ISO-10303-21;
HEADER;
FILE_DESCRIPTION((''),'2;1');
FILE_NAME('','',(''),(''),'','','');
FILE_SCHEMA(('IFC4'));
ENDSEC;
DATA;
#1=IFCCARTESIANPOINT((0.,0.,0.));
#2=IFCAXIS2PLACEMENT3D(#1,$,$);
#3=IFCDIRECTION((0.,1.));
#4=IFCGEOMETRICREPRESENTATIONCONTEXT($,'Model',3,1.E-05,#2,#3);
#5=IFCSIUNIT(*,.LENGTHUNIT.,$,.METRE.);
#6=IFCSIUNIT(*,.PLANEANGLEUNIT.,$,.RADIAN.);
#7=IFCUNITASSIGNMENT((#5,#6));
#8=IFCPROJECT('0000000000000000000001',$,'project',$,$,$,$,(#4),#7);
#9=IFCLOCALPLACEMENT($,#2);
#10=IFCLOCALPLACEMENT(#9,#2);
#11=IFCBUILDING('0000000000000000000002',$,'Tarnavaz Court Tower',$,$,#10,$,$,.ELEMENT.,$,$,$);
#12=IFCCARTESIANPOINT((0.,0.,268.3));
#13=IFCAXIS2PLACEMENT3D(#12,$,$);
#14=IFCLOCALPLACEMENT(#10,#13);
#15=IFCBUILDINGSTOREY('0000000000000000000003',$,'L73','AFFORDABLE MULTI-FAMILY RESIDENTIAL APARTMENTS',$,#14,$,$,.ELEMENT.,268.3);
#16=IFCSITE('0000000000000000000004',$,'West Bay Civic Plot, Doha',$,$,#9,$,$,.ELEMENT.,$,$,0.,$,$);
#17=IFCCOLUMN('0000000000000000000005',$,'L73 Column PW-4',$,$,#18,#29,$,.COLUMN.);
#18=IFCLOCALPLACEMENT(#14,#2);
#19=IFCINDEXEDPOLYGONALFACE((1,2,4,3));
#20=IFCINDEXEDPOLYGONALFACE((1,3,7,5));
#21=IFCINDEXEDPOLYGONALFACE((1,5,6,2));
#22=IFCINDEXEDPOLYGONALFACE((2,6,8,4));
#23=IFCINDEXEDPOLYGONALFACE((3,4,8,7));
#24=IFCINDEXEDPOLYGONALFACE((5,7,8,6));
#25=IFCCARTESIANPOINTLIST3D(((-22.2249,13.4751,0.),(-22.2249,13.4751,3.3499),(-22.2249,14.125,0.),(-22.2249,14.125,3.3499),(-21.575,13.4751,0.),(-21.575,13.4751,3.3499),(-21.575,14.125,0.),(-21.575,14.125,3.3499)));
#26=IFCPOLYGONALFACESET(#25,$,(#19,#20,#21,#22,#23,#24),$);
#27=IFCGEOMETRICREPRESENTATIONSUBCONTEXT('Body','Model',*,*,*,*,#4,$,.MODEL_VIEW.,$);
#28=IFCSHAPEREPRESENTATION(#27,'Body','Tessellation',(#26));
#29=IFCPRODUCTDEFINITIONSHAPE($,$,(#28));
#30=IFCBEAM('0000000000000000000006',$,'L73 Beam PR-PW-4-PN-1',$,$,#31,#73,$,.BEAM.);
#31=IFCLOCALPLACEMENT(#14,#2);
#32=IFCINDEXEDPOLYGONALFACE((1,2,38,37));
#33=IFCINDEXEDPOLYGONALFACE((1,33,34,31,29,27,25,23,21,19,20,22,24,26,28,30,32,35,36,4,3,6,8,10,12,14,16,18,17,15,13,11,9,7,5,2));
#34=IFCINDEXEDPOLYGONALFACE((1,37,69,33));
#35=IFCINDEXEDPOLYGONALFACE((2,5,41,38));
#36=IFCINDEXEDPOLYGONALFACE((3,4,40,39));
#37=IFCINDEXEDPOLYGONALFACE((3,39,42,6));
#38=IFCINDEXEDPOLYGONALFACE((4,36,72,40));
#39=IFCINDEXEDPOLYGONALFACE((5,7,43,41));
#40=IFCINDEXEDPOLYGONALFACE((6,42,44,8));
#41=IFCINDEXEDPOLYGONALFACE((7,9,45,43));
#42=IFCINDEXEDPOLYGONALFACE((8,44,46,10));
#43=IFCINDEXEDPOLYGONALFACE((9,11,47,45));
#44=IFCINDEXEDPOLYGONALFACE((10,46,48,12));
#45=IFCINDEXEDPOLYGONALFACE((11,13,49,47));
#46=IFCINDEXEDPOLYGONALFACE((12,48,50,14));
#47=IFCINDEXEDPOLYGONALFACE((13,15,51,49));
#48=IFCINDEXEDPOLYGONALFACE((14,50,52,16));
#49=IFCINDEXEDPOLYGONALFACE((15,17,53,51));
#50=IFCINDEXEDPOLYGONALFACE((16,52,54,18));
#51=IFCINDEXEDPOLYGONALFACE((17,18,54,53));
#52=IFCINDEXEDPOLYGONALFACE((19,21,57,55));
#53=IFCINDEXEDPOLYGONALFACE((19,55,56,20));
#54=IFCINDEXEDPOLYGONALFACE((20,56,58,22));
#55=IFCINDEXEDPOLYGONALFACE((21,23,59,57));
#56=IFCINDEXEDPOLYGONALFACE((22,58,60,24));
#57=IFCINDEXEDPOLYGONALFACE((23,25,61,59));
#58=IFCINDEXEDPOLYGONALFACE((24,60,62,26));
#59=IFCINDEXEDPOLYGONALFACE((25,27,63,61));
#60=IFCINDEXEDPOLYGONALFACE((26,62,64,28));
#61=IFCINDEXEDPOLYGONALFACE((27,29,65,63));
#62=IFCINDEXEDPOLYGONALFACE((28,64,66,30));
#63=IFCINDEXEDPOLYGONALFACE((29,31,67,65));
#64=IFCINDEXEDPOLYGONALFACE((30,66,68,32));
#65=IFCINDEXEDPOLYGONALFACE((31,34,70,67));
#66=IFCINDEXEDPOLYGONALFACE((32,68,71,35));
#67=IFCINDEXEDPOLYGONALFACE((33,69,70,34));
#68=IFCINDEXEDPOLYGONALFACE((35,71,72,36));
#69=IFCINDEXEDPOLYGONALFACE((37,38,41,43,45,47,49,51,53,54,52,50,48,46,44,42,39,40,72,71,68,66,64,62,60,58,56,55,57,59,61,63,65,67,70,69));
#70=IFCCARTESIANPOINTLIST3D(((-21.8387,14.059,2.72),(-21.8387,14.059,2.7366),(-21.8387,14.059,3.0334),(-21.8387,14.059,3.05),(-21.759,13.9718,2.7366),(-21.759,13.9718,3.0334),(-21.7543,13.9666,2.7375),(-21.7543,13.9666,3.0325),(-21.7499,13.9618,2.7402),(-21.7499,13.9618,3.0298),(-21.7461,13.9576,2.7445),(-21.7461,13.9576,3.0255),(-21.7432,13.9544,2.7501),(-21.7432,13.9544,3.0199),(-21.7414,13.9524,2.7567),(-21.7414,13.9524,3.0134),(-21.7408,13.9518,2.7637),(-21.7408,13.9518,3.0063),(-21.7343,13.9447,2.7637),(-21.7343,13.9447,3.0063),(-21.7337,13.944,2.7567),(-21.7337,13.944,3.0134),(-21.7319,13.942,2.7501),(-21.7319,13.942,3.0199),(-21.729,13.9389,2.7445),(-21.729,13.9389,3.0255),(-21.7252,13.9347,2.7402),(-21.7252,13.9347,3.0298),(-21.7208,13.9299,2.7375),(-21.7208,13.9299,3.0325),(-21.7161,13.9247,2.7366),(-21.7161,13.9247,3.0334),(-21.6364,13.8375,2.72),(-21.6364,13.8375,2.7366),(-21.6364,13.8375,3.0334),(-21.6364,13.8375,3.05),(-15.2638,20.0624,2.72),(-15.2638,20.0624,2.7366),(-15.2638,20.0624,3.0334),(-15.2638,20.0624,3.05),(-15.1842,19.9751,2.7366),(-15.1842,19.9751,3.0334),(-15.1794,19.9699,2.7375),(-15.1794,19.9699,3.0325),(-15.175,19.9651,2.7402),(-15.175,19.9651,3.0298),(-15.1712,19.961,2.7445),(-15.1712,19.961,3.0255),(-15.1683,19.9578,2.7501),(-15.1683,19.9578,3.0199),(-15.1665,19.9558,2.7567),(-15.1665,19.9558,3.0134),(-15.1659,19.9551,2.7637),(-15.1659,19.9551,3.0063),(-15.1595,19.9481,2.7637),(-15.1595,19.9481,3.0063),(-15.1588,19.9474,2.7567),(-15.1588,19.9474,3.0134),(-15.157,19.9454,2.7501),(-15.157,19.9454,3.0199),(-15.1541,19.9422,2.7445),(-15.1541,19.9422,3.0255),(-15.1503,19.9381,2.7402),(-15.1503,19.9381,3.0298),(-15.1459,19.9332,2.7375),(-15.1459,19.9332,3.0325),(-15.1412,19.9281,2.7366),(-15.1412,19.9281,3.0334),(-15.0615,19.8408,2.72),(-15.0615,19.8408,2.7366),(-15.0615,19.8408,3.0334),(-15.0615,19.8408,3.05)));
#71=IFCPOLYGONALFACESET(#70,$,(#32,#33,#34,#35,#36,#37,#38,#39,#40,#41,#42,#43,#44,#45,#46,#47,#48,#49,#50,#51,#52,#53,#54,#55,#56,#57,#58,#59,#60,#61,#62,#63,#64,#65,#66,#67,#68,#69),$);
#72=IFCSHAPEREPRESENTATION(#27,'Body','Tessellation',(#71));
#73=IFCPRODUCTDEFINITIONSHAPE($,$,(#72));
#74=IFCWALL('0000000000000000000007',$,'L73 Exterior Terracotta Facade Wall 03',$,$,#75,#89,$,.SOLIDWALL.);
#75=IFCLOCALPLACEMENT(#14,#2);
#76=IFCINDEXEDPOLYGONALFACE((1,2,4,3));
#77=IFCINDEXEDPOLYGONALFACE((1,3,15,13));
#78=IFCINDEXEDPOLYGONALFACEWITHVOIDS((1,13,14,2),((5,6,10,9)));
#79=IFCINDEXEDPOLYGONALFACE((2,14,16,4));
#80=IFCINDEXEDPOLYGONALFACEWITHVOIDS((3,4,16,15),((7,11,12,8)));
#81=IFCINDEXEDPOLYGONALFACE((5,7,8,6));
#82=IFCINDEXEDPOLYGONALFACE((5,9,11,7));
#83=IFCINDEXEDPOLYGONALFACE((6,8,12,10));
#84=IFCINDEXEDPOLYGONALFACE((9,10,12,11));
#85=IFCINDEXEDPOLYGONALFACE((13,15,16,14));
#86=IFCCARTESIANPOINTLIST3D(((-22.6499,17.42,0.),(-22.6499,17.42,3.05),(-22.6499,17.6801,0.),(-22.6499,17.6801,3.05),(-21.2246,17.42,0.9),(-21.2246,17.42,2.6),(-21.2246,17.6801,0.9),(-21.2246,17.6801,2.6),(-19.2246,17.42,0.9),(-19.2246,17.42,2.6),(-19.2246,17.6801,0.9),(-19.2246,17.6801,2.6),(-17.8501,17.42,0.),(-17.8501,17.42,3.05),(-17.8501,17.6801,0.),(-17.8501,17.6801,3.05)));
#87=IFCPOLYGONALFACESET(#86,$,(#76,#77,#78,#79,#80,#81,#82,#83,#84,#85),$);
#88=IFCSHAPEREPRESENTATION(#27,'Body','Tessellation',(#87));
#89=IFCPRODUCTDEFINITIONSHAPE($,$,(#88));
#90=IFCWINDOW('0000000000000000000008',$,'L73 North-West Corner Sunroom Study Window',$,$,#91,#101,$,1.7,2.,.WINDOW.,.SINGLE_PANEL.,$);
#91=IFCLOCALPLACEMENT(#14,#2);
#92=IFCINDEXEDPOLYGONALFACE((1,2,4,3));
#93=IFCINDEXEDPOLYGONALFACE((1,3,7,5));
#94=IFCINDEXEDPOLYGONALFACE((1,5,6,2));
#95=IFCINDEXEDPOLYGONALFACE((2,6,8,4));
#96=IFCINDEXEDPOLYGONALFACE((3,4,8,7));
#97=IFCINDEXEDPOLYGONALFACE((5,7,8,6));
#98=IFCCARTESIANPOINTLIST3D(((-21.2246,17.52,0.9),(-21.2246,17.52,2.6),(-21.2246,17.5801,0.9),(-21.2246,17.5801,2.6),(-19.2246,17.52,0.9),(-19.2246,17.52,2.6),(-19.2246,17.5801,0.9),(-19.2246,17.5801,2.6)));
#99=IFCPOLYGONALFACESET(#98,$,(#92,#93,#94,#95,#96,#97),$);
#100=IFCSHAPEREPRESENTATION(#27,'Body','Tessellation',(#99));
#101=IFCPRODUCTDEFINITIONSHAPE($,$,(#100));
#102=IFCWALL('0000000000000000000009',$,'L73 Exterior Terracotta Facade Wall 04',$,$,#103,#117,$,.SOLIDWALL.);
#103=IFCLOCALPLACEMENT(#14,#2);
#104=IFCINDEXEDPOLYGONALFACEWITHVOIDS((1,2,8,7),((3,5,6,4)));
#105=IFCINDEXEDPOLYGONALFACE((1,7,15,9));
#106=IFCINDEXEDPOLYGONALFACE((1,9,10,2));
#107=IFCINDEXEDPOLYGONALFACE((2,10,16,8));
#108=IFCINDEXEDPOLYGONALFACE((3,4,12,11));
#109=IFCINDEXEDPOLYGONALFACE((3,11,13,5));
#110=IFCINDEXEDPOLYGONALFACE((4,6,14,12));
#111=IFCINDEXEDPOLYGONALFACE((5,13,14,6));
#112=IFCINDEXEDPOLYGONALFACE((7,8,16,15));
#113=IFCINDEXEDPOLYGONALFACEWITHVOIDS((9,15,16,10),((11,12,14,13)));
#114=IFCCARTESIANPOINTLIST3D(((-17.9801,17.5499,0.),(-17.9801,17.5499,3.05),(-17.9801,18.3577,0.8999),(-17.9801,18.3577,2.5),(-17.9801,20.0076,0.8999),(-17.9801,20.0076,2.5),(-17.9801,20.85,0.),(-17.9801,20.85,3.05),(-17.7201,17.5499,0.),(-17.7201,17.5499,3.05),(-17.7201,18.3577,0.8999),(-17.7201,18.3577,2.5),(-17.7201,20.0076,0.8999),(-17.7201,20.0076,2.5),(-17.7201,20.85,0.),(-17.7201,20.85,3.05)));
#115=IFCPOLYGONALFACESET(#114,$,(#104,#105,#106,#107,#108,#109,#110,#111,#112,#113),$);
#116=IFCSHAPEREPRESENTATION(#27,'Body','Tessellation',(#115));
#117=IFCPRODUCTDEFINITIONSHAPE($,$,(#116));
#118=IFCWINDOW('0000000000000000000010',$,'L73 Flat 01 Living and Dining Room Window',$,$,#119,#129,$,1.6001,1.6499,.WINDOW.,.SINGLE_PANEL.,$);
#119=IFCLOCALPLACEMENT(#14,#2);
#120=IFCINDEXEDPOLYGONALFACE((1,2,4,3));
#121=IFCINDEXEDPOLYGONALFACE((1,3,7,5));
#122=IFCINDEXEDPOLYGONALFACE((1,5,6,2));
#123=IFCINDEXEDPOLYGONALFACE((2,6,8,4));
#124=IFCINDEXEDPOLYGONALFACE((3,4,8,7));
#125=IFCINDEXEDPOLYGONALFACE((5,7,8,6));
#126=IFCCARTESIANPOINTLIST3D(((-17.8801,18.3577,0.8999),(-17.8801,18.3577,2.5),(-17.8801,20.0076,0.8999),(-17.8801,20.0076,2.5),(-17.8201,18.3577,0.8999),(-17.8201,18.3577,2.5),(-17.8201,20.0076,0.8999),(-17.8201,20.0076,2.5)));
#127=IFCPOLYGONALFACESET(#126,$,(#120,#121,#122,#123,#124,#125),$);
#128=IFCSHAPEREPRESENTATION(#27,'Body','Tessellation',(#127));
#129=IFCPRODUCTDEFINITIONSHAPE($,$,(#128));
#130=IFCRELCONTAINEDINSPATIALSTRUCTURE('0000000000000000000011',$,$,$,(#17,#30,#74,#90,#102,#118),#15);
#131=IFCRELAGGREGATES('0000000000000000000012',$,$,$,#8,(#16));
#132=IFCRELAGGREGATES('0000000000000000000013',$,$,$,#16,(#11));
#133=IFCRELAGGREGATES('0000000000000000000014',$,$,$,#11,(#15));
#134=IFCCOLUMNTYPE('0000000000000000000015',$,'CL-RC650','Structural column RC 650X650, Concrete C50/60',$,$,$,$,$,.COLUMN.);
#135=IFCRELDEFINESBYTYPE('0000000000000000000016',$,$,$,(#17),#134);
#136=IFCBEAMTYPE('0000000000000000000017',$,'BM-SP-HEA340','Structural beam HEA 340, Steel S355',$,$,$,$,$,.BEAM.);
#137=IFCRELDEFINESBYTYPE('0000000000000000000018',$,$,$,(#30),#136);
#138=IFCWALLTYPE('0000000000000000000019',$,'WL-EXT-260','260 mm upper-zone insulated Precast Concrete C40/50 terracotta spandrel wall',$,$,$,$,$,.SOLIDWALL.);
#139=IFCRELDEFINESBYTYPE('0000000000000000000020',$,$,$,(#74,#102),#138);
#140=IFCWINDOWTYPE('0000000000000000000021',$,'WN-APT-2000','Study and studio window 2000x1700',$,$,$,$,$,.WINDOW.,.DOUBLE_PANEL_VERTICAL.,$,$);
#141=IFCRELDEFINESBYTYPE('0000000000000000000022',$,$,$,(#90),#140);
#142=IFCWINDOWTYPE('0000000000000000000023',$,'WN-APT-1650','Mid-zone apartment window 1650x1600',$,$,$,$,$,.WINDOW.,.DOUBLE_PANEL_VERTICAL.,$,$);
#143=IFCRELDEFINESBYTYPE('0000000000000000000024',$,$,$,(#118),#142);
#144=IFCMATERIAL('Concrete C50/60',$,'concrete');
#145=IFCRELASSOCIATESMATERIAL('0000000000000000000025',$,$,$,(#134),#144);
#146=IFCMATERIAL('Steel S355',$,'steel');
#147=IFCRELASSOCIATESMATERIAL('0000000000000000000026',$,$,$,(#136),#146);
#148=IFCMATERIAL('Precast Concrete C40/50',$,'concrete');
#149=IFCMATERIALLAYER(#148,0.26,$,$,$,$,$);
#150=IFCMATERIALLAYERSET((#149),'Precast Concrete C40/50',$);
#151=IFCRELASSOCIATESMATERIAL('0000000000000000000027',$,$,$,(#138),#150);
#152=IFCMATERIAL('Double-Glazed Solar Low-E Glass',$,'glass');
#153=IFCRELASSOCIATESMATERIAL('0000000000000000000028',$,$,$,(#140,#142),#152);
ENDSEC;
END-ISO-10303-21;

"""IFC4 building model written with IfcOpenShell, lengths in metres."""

from ifc_helpers import new_model, si_unit, direction, frame, frame_2d, origin, origin_2d, place, context, subcontext, project, spatial, rectangle, i_section, extrude, material, layer, layer_set, material_profile, profile_set, type_object, element, fill, save


model = new_model("IFC4")

# Units and contexts
model_context = context("Model", 3, precision=1e-05, world=origin(), true_north=direction((0.0, 1.0)))
body_context = subcontext(model_context, "Body", "Model", "MODEL_VIEW")
ifc_project = project(units=[si_unit("LENGTHUNIT", "METRE"), si_unit("PLANEANGLEUNIT", "RADIAN")], contexts=[model_context])

# Site, building, storey
site_placement = place(None, origin())
site = spatial("IfcSite", under=ifc_project, at=site_placement, Name="West Bay Civic Plot, Doha", CompositionType="ELEMENT", RefElevation=0.0)
building_placement = place(site_placement, origin())
building = spatial("IfcBuilding", under=site, at=building_placement, Name="Tarnavaz Court Tower", CompositionType="ELEMENT")
storey_placement = place(building_placement, frame((0.0, 0.0, 268.3)))
storey = spatial("IfcBuildingStorey", under=building, at=storey_placement, Name="L73", Description="AFFORDABLE MULTI-FAMILY RESIDENTIAL APARTMENTS", CompositionType="ELEMENT", Elevation=268.3)

# Column
ifc_material_1 = material(Name="Concrete C50/60", Category="concrete")
ifc_material_profile_1 = material_profile(ifc_material_1, rectangle(XDim=0.6499, YDim=0.6499, at=origin_2d()), Name="RC 650X650")
ifc_profile_set_1 = profile_set([ifc_material_profile_1], Name="Concrete C50/60")
column_type = type_object("IfcColumnType", Name="CL-RC650", Description="Structural column RC 650X650, Concrete C50/60", PredefinedType="COLUMN", material=ifc_profile_set_1)
column_placement = place(storey_placement, frame((-21.8999, 13.8, 0.0), z_axis=(0.0, 0.0, 1.0), x_axis=(1.0, 0.0, 0.0)))
element("IfcColumn", 1, at=column_placement, inside=storey, type_object=column_type, Name="L73 Column PW-4", PredefinedType="COLUMN", context=body_context, shape_type="SweptSolid", body=[
    extrude(rectangle(XDim=0.6499, YDim=0.6499, at=origin_2d()), origin(), (0.0, 0.0, 1.0), 3.3499),
])

# Beam
ifc_material_2 = material(Name="Steel S355", Category="steel")
ifc_material_profile_2 = material_profile(ifc_material_2, i_section(OverallWidth=0.3, OverallDepth=0.3301, WebThickness=0.0095, FlangeThickness=0.0166, FilletRadius=0.0271, at=origin_2d()), Name="HEA 340")
ifc_profile_set_2 = profile_set([ifc_material_profile_2], Name="Steel S355")
beam_type = type_object("IfcBeamType", Name="BM-SP-HEA340", Description="Structural beam HEA 340, Steel S355", PredefinedType="BEAM", material=ifc_profile_set_2)
beam_placement = place(storey_placement, frame((-21.7375, 13.9482, 2.885), z_axis=(0.738474, 0.674282, 0.0), x_axis=(-0.674282, 0.738474, 0.0)))
element("IfcBeam", 2, at=beam_placement, inside=storey, type_object=beam_type, Name="L73 Beam PR-PW-4-PN-1", PredefinedType="BEAM", context=body_context, shape_type="SweptSolid", body=[
    extrude(i_section(OverallWidth=0.3, OverallDepth=0.3301, WebThickness=0.0095, FlangeThickness=0.0166, FilletRadius=0.0271, at=origin_2d()), origin(), (0.0, 0.0, 1.0), 8.9033),
])

# Walls, openings, windows
ifc_material_3 = material(Name="Precast Concrete C40/50", Category="concrete")
ifc_layer_1 = layer(ifc_material_3, 0.26)
ifc_layer_set_1 = layer_set([ifc_layer_1], Name="Precast Concrete C40/50")
wall_type_1 = type_object("IfcWallType", Name="WL-EXT-260", Description="260 mm upper-zone insulated Precast Concrete C40/50 terracotta spandrel wall", PredefinedType="SOLIDWALL", material=ifc_layer_set_1)
wall_1_placement = place(storey_placement, frame((-22.6499, 17.55, 0.0), z_axis=(0.0, 0.0, 1.0), x_axis=(1.0, 0.0, 0.0)))
wall_1 = element("IfcWall", 3, at=wall_1_placement, inside=storey, type_object=wall_type_1, Name="L73 Exterior Terracotta Facade Wall 03", PredefinedType="SOLIDWALL", context=body_context, shape_type="SweptSolid", body=[
    extrude(rectangle(XDim=4.7998, YDim=0.26, at=frame_2d((2.3999, 0.0))), origin(), (0.0, 0.0, 1.0), 3.05),
])
opening_1_placement = place(wall_1_placement, frame((1.4253, 0.0, 0.8999)))
opening_1 = element("IfcOpeningElement", 4, at=opening_1_placement, cuts=wall_1, PredefinedType="OPENING", context=body_context, shape_type="SweptSolid", body=[
    extrude(rectangle(XDim=2.0, YDim=1.7, at=frame_2d((1.0, 0.8501))), frame((0.0, 0.1399, 0.0), z_axis=(0.0, -1.0, 0.0), x_axis=(1.0, 0.0, 0.0)), (0.0, 0.0, 1.0), 0.28),
])
ifc_material_4 = material(Name="Double-Glazed Solar Low-E Glass", Category="glass")
window_type_1 = type_object("IfcWindowType", Name="WN-APT-2000", Description="Study and studio window 2000x1700", PartitioningType="DOUBLE_PANEL_VERTICAL", PredefinedType="WINDOW", material=ifc_material_4)
window_1_placement = place(opening_1_placement, origin())
window_1 = element("IfcWindow", 5, at=window_1_placement, inside=storey, type_object=window_type_1, Name="L73 North-West Corner Sunroom Study Window", OverallHeight=1.7, OverallWidth=2.0, PartitioningType="SINGLE_PANEL", PredefinedType="WINDOW", context=body_context, shape_type="SweptSolid", body=[
    extrude(rectangle(XDim=2.0, YDim=1.7, at=frame_2d((1.0, 0.8501))), frame((0.0, 0.03, 0.0), z_axis=(0.0, -1.0, 0.0), x_axis=(1.0, 0.0, 0.0)), (0.0, 0.0, 1.0), 0.0601),
])
fill(opening_1, window_1)
wall_2_placement = place(storey_placement, frame((-17.8501, 17.55, 0.0), z_axis=(0.0, 0.0, 1.0), x_axis=(0.0, 1.0, 0.0)))
wall_2 = element("IfcWall", 6, at=wall_2_placement, inside=storey, type_object=wall_type_1, Name="L73 Exterior Terracotta Facade Wall 04", PredefinedType="SOLIDWALL", context=body_context, shape_type="SweptSolid", body=[
    extrude(rectangle(XDim=3.3, YDim=0.26, at=frame_2d((1.6499, 0.0))), origin(), (0.0, 0.0, 1.0), 3.05),
])
opening_2_placement = place(wall_2_placement, frame((0.8076, 0.0, 0.8999)))
opening_2 = element("IfcOpeningElement", 7, at=opening_2_placement, cuts=wall_2, PredefinedType="OPENING", context=body_context, shape_type="SweptSolid", body=[
    extrude(rectangle(XDim=1.6499, YDim=1.6001, at=frame_2d((0.825, 0.8))), frame((0.0, 0.1399, 0.0), z_axis=(0.0, -1.0, 0.0), x_axis=(1.0, 0.0, 0.0)), (0.0, 0.0, 1.0), 0.28),
])
window_type_2 = type_object("IfcWindowType", Name="WN-APT-1650", Description="Mid-zone apartment window 1650x1600", PartitioningType="DOUBLE_PANEL_VERTICAL", PredefinedType="WINDOW", material=ifc_material_4)
window_2_placement = place(opening_2_placement, origin())
window_2 = element("IfcWindow", 8, at=window_2_placement, inside=storey, type_object=window_type_2, Name="L73 Flat 01 Living and Dining Room Window", OverallHeight=1.6001, OverallWidth=1.6499, PartitioningType="SINGLE_PANEL", PredefinedType="WINDOW", context=body_context, shape_type="SweptSolid", body=[
    extrude(rectangle(XDim=1.6499, YDim=1.6001, at=frame_2d((0.825, 0.8))), frame((0.0, 0.03, 0.0), z_axis=(0.0, -1.0, 0.0), x_axis=(1.0, 0.0, 0.0)), (0.0, 0.0, 1.0), 0.0601),
])
fill(opening_2, window_2)

save(model, "model.ifc")
